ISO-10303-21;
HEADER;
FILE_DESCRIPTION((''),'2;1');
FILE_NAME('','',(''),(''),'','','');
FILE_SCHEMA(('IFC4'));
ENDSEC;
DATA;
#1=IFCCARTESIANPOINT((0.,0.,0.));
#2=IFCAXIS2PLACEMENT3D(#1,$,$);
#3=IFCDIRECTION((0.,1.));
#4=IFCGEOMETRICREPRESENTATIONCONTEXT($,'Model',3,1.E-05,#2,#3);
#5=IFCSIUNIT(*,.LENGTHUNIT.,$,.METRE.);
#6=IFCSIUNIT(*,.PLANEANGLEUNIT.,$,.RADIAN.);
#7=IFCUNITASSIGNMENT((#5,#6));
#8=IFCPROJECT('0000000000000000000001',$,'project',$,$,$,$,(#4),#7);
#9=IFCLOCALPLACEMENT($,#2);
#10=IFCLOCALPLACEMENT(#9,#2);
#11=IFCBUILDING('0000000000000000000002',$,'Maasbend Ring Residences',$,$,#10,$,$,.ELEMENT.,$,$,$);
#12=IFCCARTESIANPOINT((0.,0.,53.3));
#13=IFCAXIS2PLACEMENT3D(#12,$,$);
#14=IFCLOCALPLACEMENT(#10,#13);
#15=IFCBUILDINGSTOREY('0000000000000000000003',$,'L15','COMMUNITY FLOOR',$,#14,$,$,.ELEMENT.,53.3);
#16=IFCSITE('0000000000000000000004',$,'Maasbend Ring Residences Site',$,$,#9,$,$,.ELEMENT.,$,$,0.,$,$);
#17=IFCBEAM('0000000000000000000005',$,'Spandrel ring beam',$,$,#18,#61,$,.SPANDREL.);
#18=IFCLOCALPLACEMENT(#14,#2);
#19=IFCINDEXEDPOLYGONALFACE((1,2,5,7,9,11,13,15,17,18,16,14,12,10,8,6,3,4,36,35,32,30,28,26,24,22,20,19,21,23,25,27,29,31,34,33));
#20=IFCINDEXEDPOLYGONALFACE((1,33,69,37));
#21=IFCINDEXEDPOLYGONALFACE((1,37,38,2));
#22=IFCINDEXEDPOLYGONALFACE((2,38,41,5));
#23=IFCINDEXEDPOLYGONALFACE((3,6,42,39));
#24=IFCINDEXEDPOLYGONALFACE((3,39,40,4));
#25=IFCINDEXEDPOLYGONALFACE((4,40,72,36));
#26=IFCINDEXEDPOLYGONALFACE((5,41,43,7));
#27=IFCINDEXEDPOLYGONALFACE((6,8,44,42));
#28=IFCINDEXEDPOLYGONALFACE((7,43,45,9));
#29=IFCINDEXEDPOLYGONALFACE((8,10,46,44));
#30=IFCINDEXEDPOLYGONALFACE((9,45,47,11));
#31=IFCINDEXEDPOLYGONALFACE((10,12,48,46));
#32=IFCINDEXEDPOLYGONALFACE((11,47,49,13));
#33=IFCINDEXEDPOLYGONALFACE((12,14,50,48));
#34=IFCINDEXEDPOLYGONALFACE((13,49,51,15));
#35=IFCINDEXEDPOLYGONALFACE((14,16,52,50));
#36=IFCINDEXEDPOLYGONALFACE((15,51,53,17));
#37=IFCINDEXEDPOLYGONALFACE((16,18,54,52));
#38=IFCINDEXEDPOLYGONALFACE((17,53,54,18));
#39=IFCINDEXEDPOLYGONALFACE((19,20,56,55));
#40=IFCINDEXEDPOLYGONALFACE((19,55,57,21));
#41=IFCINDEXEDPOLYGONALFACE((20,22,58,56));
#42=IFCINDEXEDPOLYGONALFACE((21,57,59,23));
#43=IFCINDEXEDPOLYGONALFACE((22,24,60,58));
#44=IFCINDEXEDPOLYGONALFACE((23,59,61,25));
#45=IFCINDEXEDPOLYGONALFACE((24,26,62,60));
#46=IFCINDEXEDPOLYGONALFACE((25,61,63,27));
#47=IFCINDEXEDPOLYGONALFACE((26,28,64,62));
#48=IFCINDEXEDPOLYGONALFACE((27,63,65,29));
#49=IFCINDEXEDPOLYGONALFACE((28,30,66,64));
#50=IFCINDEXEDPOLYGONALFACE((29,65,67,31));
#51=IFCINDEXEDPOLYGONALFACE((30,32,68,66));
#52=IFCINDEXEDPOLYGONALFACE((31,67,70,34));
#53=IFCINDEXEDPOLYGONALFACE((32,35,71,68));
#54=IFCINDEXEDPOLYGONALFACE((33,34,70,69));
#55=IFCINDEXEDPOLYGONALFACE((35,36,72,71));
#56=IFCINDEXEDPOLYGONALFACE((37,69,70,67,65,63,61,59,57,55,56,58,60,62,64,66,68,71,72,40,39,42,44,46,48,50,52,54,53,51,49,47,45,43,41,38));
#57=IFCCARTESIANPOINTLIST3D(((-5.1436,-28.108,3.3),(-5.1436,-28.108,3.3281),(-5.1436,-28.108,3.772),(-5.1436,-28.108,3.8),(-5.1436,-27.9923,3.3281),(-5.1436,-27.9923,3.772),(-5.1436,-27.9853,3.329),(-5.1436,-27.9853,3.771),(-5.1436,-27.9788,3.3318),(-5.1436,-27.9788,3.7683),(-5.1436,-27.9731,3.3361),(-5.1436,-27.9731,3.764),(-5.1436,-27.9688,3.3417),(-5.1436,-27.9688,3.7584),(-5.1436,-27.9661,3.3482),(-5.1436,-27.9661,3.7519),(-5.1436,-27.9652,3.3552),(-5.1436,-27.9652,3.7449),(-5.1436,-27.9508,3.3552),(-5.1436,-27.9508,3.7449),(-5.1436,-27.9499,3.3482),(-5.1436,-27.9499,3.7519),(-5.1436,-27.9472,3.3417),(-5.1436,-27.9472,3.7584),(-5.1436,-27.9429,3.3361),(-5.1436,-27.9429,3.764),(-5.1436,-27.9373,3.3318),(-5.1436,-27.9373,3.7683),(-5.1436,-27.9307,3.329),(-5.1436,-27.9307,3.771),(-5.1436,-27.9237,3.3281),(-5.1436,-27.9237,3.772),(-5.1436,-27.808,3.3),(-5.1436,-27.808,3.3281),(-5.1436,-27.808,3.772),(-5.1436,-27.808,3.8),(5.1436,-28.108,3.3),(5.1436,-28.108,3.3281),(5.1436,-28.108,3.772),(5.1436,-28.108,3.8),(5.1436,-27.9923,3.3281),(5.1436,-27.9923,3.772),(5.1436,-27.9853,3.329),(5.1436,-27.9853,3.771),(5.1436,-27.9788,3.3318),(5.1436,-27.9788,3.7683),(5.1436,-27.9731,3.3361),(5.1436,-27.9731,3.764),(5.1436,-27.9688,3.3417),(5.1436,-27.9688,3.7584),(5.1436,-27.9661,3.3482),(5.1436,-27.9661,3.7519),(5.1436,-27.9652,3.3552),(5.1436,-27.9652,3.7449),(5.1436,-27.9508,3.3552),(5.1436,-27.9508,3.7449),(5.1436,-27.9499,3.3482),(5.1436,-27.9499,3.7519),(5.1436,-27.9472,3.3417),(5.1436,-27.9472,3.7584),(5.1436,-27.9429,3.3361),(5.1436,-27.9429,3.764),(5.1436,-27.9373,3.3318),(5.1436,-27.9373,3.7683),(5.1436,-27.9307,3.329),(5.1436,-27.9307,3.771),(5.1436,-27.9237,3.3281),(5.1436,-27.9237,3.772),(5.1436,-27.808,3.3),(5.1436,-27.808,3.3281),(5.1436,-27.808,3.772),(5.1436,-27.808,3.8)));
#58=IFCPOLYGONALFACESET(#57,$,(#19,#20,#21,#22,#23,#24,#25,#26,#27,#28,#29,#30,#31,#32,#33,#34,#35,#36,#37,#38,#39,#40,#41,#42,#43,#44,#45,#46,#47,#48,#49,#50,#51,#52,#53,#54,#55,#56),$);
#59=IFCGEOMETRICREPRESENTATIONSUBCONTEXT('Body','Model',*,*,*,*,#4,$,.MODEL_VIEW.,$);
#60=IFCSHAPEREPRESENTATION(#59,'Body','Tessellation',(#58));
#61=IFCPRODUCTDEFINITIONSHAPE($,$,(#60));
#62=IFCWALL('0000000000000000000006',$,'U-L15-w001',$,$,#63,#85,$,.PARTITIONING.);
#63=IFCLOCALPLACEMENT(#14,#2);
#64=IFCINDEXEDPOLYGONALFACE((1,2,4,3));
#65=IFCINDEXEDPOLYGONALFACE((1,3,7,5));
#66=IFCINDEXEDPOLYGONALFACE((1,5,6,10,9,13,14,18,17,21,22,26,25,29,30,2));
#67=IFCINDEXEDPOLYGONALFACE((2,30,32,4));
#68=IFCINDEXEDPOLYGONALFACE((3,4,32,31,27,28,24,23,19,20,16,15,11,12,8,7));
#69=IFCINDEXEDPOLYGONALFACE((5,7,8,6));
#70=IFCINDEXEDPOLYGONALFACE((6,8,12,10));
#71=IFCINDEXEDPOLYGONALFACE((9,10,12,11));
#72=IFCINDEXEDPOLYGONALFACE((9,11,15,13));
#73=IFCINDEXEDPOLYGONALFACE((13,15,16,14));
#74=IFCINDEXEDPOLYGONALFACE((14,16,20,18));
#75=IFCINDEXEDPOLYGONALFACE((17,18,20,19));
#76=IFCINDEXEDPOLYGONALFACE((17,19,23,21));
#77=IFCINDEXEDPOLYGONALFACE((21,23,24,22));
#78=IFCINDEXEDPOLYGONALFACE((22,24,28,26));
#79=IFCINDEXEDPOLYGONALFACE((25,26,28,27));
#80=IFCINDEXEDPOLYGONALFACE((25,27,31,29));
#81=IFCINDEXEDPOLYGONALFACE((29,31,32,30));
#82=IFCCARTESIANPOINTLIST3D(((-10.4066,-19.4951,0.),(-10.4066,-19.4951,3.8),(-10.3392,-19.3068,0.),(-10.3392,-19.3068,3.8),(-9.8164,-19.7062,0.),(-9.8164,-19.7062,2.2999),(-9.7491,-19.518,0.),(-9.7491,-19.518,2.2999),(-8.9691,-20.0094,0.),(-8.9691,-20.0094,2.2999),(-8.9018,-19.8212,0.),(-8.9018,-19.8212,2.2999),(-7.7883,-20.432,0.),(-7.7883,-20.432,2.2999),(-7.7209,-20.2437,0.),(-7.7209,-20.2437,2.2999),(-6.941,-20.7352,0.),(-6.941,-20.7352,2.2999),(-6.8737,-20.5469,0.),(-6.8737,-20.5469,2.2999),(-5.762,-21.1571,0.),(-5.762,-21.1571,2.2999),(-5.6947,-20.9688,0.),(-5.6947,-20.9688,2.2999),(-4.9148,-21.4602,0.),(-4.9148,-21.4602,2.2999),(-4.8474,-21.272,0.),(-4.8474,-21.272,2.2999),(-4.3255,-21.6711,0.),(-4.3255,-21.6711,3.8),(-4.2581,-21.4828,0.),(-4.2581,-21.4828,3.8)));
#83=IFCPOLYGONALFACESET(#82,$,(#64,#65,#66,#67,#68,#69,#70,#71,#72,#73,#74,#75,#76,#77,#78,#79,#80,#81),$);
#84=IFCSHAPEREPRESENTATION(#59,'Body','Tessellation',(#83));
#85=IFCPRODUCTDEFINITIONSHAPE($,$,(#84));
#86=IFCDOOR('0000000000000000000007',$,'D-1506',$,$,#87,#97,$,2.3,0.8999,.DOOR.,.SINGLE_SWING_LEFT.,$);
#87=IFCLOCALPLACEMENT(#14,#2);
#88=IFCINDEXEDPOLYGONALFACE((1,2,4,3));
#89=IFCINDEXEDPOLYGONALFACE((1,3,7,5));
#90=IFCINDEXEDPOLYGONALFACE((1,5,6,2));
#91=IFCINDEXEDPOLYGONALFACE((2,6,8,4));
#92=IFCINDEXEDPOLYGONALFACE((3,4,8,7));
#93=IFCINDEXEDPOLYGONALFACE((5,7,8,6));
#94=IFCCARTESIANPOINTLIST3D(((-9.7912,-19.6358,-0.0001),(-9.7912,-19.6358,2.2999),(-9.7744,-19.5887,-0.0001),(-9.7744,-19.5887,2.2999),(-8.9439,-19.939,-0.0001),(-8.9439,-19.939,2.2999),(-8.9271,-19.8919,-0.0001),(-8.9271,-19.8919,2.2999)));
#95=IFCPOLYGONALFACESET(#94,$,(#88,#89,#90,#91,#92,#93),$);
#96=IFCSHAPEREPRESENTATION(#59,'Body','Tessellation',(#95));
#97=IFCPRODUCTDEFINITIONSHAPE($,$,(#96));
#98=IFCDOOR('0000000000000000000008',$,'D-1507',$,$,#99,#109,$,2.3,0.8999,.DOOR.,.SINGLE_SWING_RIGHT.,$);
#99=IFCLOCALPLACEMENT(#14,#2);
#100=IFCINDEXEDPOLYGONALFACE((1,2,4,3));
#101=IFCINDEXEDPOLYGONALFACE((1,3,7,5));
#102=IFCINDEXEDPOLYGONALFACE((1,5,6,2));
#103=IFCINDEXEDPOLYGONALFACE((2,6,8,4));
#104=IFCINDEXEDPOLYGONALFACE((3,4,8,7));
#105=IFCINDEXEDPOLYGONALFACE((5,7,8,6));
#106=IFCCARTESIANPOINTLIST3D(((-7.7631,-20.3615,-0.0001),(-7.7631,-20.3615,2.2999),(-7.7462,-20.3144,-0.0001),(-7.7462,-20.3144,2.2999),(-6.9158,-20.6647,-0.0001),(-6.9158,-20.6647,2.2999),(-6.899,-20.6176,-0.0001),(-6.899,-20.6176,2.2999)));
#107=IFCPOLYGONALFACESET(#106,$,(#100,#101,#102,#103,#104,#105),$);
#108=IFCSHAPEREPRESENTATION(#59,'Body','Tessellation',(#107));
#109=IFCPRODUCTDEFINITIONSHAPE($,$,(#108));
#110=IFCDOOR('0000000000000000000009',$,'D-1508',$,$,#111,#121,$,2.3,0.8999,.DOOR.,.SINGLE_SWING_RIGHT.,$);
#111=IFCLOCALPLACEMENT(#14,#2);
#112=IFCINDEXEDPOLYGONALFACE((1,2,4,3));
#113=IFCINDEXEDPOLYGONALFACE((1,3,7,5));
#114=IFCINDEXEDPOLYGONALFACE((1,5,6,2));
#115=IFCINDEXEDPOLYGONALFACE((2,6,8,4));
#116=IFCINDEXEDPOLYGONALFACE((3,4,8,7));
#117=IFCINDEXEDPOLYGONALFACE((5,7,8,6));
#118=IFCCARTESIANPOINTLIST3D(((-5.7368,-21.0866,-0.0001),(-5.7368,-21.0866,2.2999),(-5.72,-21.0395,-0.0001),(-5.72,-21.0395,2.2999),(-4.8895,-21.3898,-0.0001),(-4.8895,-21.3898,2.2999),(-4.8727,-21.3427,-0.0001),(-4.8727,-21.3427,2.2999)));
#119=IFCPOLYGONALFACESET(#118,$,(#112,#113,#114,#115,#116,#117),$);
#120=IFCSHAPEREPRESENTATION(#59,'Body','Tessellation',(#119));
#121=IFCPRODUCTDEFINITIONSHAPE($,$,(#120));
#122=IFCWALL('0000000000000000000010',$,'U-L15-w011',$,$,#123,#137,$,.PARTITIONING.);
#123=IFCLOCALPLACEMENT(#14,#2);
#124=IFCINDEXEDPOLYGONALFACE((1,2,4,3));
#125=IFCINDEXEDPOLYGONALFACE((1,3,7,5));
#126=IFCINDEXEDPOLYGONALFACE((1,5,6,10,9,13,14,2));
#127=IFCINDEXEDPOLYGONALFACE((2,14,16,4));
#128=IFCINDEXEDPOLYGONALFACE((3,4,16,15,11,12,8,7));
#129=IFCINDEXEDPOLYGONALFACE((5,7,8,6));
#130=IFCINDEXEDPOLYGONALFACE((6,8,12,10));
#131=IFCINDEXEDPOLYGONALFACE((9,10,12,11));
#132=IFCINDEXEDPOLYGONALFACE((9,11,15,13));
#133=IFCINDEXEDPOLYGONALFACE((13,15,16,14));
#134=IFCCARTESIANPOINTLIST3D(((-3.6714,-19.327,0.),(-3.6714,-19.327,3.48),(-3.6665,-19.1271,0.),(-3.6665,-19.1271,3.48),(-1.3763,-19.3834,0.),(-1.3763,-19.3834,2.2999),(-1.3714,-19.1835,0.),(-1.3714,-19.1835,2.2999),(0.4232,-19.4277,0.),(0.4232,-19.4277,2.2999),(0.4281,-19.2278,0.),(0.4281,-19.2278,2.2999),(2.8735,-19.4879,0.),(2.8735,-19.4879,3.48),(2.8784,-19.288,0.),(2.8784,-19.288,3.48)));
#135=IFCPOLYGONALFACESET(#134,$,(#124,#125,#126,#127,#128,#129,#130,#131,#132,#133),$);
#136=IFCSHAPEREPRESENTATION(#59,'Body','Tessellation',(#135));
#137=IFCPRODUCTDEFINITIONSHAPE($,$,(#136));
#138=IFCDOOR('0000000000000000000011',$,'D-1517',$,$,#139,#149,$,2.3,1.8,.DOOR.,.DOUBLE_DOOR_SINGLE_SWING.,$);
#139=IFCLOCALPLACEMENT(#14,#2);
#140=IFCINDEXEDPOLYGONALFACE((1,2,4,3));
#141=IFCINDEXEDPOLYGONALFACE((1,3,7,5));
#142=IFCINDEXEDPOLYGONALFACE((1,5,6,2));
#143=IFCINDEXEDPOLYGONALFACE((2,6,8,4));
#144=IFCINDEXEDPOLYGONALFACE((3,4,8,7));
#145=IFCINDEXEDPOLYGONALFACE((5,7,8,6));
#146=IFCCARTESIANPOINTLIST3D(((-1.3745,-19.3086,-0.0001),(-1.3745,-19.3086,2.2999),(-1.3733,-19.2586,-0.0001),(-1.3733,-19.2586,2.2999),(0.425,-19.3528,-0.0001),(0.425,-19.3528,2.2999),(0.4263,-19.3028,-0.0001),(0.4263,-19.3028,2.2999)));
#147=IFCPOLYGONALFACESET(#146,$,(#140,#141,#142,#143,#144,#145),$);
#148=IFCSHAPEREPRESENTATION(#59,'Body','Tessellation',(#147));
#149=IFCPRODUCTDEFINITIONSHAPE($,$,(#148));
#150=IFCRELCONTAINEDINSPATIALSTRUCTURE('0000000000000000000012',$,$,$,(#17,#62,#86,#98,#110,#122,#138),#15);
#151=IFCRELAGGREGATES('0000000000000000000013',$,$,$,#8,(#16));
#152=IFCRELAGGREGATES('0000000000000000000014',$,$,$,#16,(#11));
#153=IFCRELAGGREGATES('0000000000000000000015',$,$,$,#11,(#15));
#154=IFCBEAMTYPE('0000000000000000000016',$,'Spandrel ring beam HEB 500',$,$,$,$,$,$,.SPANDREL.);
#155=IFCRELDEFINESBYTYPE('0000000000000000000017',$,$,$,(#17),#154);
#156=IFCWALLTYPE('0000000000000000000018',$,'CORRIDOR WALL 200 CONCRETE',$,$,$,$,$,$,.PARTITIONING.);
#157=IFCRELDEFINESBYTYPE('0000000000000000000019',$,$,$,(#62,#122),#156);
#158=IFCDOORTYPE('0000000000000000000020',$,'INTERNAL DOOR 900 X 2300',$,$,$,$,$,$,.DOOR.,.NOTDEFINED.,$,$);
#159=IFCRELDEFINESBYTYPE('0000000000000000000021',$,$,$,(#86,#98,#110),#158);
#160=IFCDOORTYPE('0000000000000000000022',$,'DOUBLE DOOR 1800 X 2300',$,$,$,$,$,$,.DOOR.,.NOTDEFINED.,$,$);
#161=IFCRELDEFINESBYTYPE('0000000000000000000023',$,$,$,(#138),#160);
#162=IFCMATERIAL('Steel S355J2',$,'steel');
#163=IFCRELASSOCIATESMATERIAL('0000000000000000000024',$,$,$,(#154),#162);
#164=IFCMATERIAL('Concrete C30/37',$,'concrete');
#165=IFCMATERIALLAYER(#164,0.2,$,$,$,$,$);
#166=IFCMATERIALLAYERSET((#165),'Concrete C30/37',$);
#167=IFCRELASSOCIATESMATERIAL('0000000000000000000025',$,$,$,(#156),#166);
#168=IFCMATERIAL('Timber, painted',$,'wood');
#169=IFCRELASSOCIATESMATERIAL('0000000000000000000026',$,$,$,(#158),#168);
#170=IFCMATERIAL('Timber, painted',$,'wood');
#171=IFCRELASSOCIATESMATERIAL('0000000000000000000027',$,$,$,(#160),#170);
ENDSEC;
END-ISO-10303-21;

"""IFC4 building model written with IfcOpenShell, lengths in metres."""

from ifc_helpers import new_model, si_unit, direction, frame, frame_2d, origin, origin_2d, place, context, subcontext, project, spatial, rectangle, i_section, extrude, material, layer, layer_set, material_profile, profile_set, type_object, element, fill, save


model = new_model("IFC4")

# Units and contexts
model_context = context("Model", 3, precision=1e-05, world=origin(), true_north=direction((0.0, 1.0)))
body_context = subcontext(model_context, "Body", "Model", "MODEL_VIEW")
ifc_project = project(units=[si_unit("LENGTHUNIT", "METRE"), si_unit("PLANEANGLEUNIT", "RADIAN")], contexts=[model_context])

# Site, building, storey
site_placement = place(None, origin())
site = spatial("IfcSite", under=ifc_project, at=site_placement, Name="Maasbend Ring Residences Site", CompositionType="ELEMENT", RefElevation=0.0)
building_placement = place(site_placement, origin())
building = spatial("IfcBuilding", under=site, at=building_placement, Name="Maasbend Ring Residences", CompositionType="ELEMENT")
storey_placement = place(building_placement, frame((0.0, 0.0, 53.3)))
storey = spatial("IfcBuildingStorey", under=building, at=storey_placement, Name="L15", Description="COMMUNITY FLOOR", CompositionType="ELEMENT", Elevation=53.3)

# Beam
ifc_material_1 = material(Name="Steel S355J2", Category="steel")
ifc_material_profile_1 = material_profile(ifc_material_1, i_section(OverallWidth=0.3, OverallDepth=0.5, WebThickness=0.0144, FlangeThickness=0.0281, FilletRadius=0.0271, at=origin_2d()), Name="HEB 500")
ifc_profile_set_1 = profile_set([ifc_material_profile_1], Name="Steel S355J2")
beam_type_1 = type_object("IfcBeamType", Name="Spandrel ring beam HEB 500", PredefinedType="SPANDREL", material=ifc_profile_set_1)
beam_1_placement = place(storey_placement, frame((-5.1436, -27.958, 3.55), z_axis=(1.0, 0.0, 0.0), x_axis=(0.0, 1.0, 0.0)))
element("IfcBeam", 1, at=beam_1_placement, inside=storey, type_object=beam_type_1, Name="Spandrel ring beam", PredefinedType="SPANDREL", context=body_context, shape_type="SweptSolid", body=[
    extrude(i_section(OverallWidth=0.3, OverallDepth=0.5, WebThickness=0.0144, FlangeThickness=0.0281, FilletRadius=0.0271, at=origin_2d()), origin(), (0.0, 0.0, 1.0), 10.2871),
])

# Wall, openings, doors
ifc_material_2 = material(Name="Concrete C30/37", Category="concrete")
ifc_layer_1 = layer(ifc_material_2, 0.2)
ifc_layer_set_1 = layer_set([ifc_layer_1], Name="Concrete C30/37")
wall_type_1 = type_object("IfcWallType", Name="CORRIDOR WALL 200 CONCRETE", PredefinedType="PARTITIONING", material=ifc_layer_set_1)
wall_1_placement = place(storey_placement, frame((-10.373, -19.4009, 0.0), z_axis=(0.0, 0.0, 1.0), x_axis=(0.941535, -0.336916, 0.0)))
wall_1 = element("IfcWall", 2, at=wall_1_placement, inside=storey, type_object=wall_type_1, Name="U-L15-w001", PredefinedType="PARTITIONING", context=body_context, shape_type="SweptSolid", body=[
    extrude(rectangle(XDim=6.4587, YDim=0.2, at=frame_2d((3.2295, 0.0))), origin(), (0.0, 0.0, 1.0), 3.8),
])
opening_1_placement = place(wall_1_placement, frame((0.627, 0.0, 0.0)))
opening_1 = element("IfcOpeningElement", 3, at=opening_1_placement, cuts=wall_1, PredefinedType="OPENING", context=body_context, shape_type="SweptSolid", body=[
    extrude(rectangle(XDim=0.8999, YDim=2.3, at=frame_2d((0.45, 1.1499))), frame((0.0, 0.1099, 0.0), z_axis=(0.0, -1.0, 0.0), x_axis=(1.0, 0.0, 0.0)), (0.0, 0.0, 1.0), 0.22),
])
opening_2_placement = place(wall_1_placement, frame((2.781, 0.0, 0.0)))
opening_2 = element("IfcOpeningElement", 4, at=opening_2_placement, cuts=wall_1, PredefinedType="OPENING", context=body_context, shape_type="SweptSolid", body=[
    extrude(rectangle(XDim=0.8999, YDim=2.3, at=frame_2d((0.45, 1.1499))), frame((0.0, 0.1099, 0.0), z_axis=(0.0, -1.0, 0.0), x_axis=(1.0, 0.0, 0.0)), (0.0, 0.0, 1.0), 0.22),
])
opening_3_placement = place(wall_1_placement, frame((4.9331, 0.0, 0.0)))
opening_3 = element("IfcOpeningElement", 5, at=opening_3_placement, cuts=wall_1, PredefinedType="OPENING", context=body_context, shape_type="SweptSolid", body=[
    extrude(rectangle(XDim=0.8999, YDim=2.3, at=frame_2d((0.45, 1.1499))), frame((0.0, 0.1099, 0.0), z_axis=(0.0, -1.0, 0.0), x_axis=(1.0, 0.0, 0.0)), (0.0, 0.0, 1.0), 0.22),
])
ifc_material_3 = material(Name="Timber, painted", Category="wood")
door_type_1 = type_object("IfcDoorType", Name="INTERNAL DOOR 900 X 2300", OperationType="NOTDEFINED", PredefinedType="DOOR", material=ifc_material_3)
door_1_placement = place(opening_1_placement, origin())
door_1 = element("IfcDoor", 6, at=door_1_placement, inside=storey, type_object=door_type_1, Name="D-1506", OperationType="SINGLE_SWING_LEFT", OverallHeight=2.3, OverallWidth=0.8999, PredefinedType="DOOR", context=body_context, shape_type="SweptSolid", body=[
    extrude(rectangle(XDim=0.8999, YDim=2.3, at=frame_2d((0.45, 1.1499))), frame((0.0, 0.0249, 0.0), z_axis=(0.0, -1.0, 0.0), x_axis=(1.0, 0.0, 0.0)), (0.0, 0.0, 1.0), 0.05),
])
fill(opening_1, door_1)
door_2_placement = place(opening_2_placement, origin())
door_2 = element("IfcDoor", 7, at=door_2_placement, inside=storey, type_object=door_type_1, Name="D-1507", OperationType="SINGLE_SWING_RIGHT", OverallHeight=2.3, OverallWidth=0.8999, PredefinedType="DOOR", context=body_context, shape_type="SweptSolid", body=[
    extrude(rectangle(XDim=0.8999, YDim=2.3, at=frame_2d((0.45, 1.1499))), frame((0.0, 0.0249, 0.0), z_axis=(0.0, -1.0, 0.0), x_axis=(1.0, 0.0, 0.0)), (0.0, 0.0, 1.0), 0.05),
])
fill(opening_2, door_2)
door_3_placement = place(opening_3_placement, origin())
door_3 = element("IfcDoor", 8, at=door_3_placement, inside=storey, type_object=door_type_1, Name="D-1508", OperationType="SINGLE_SWING_RIGHT", OverallHeight=2.3, OverallWidth=0.8999, PredefinedType="DOOR", context=body_context, shape_type="SweptSolid", body=[
    extrude(rectangle(XDim=0.8999, YDim=2.3, at=frame_2d((0.45, 1.1499))), frame((0.0, 0.0249, 0.0), z_axis=(0.0, -1.0, 0.0), x_axis=(1.0, 0.0, 0.0)), (0.0, 0.0, 1.0), 0.05),
])
fill(opening_3, door_3)

# Wall, opening, door
wall_2_placement = place(storey_placement, frame((-3.6689, -19.2271, 0.0), z_axis=(0.0, 0.0, 1.0), x_axis=(0.999698, -0.024575, 0.0)))
wall_2 = element("IfcWall", 9, at=wall_2_placement, inside=storey, type_object=wall_type_1, Name="U-L15-w011", PredefinedType="PARTITIONING", context=body_context, shape_type="SweptSolid", body=[
    extrude(rectangle(XDim=6.5469, YDim=0.2, at=frame_2d((3.2734, 0.0))), origin(), (0.0, 0.0, 1.0), 3.48),
])
opening_4_placement = place(wall_2_placement, frame((2.2959, 0.0, 0.0)))
opening_4 = element("IfcOpeningElement", 10, at=opening_4_placement, cuts=wall_2, PredefinedType="OPENING", context=body_context, shape_type="SweptSolid", body=[
    extrude(rectangle(XDim=1.8, YDim=2.3, at=frame_2d((0.8999, 1.1499))), frame((0.0, 0.1099, 0.0), z_axis=(0.0, -1.0, 0.0), x_axis=(1.0, 0.0, 0.0)), (0.0, 0.0, 1.0), 0.22),
])
ifc_material_4 = material(Name="Timber, painted", Category="wood")
door_type_2 = type_object("IfcDoorType", Name="DOUBLE DOOR 1800 X 2300", OperationType="NOTDEFINED", PredefinedType="DOOR", material=ifc_material_4)
door_4_placement = place(opening_4_placement, origin())
door_4 = element("IfcDoor", 11, at=door_4_placement, inside=storey, type_object=door_type_2, Name="D-1517", OperationType="DOUBLE_DOOR_SINGLE_SWING", OverallHeight=2.3, OverallWidth=1.8, PredefinedType="DOOR", context=body_context, shape_type="SweptSolid", body=[
    extrude(rectangle(XDim=1.8, YDim=2.3, at=frame_2d((0.8999, 1.1499))), frame((0.0, 0.0249, 0.0), z_axis=(0.0, -1.0, 0.0), x_axis=(1.0, 0.0, 0.0)), (0.0, 0.0, 1.0), 0.05),
])
fill(opening_4, door_4)

save(model, "model.ifc")
